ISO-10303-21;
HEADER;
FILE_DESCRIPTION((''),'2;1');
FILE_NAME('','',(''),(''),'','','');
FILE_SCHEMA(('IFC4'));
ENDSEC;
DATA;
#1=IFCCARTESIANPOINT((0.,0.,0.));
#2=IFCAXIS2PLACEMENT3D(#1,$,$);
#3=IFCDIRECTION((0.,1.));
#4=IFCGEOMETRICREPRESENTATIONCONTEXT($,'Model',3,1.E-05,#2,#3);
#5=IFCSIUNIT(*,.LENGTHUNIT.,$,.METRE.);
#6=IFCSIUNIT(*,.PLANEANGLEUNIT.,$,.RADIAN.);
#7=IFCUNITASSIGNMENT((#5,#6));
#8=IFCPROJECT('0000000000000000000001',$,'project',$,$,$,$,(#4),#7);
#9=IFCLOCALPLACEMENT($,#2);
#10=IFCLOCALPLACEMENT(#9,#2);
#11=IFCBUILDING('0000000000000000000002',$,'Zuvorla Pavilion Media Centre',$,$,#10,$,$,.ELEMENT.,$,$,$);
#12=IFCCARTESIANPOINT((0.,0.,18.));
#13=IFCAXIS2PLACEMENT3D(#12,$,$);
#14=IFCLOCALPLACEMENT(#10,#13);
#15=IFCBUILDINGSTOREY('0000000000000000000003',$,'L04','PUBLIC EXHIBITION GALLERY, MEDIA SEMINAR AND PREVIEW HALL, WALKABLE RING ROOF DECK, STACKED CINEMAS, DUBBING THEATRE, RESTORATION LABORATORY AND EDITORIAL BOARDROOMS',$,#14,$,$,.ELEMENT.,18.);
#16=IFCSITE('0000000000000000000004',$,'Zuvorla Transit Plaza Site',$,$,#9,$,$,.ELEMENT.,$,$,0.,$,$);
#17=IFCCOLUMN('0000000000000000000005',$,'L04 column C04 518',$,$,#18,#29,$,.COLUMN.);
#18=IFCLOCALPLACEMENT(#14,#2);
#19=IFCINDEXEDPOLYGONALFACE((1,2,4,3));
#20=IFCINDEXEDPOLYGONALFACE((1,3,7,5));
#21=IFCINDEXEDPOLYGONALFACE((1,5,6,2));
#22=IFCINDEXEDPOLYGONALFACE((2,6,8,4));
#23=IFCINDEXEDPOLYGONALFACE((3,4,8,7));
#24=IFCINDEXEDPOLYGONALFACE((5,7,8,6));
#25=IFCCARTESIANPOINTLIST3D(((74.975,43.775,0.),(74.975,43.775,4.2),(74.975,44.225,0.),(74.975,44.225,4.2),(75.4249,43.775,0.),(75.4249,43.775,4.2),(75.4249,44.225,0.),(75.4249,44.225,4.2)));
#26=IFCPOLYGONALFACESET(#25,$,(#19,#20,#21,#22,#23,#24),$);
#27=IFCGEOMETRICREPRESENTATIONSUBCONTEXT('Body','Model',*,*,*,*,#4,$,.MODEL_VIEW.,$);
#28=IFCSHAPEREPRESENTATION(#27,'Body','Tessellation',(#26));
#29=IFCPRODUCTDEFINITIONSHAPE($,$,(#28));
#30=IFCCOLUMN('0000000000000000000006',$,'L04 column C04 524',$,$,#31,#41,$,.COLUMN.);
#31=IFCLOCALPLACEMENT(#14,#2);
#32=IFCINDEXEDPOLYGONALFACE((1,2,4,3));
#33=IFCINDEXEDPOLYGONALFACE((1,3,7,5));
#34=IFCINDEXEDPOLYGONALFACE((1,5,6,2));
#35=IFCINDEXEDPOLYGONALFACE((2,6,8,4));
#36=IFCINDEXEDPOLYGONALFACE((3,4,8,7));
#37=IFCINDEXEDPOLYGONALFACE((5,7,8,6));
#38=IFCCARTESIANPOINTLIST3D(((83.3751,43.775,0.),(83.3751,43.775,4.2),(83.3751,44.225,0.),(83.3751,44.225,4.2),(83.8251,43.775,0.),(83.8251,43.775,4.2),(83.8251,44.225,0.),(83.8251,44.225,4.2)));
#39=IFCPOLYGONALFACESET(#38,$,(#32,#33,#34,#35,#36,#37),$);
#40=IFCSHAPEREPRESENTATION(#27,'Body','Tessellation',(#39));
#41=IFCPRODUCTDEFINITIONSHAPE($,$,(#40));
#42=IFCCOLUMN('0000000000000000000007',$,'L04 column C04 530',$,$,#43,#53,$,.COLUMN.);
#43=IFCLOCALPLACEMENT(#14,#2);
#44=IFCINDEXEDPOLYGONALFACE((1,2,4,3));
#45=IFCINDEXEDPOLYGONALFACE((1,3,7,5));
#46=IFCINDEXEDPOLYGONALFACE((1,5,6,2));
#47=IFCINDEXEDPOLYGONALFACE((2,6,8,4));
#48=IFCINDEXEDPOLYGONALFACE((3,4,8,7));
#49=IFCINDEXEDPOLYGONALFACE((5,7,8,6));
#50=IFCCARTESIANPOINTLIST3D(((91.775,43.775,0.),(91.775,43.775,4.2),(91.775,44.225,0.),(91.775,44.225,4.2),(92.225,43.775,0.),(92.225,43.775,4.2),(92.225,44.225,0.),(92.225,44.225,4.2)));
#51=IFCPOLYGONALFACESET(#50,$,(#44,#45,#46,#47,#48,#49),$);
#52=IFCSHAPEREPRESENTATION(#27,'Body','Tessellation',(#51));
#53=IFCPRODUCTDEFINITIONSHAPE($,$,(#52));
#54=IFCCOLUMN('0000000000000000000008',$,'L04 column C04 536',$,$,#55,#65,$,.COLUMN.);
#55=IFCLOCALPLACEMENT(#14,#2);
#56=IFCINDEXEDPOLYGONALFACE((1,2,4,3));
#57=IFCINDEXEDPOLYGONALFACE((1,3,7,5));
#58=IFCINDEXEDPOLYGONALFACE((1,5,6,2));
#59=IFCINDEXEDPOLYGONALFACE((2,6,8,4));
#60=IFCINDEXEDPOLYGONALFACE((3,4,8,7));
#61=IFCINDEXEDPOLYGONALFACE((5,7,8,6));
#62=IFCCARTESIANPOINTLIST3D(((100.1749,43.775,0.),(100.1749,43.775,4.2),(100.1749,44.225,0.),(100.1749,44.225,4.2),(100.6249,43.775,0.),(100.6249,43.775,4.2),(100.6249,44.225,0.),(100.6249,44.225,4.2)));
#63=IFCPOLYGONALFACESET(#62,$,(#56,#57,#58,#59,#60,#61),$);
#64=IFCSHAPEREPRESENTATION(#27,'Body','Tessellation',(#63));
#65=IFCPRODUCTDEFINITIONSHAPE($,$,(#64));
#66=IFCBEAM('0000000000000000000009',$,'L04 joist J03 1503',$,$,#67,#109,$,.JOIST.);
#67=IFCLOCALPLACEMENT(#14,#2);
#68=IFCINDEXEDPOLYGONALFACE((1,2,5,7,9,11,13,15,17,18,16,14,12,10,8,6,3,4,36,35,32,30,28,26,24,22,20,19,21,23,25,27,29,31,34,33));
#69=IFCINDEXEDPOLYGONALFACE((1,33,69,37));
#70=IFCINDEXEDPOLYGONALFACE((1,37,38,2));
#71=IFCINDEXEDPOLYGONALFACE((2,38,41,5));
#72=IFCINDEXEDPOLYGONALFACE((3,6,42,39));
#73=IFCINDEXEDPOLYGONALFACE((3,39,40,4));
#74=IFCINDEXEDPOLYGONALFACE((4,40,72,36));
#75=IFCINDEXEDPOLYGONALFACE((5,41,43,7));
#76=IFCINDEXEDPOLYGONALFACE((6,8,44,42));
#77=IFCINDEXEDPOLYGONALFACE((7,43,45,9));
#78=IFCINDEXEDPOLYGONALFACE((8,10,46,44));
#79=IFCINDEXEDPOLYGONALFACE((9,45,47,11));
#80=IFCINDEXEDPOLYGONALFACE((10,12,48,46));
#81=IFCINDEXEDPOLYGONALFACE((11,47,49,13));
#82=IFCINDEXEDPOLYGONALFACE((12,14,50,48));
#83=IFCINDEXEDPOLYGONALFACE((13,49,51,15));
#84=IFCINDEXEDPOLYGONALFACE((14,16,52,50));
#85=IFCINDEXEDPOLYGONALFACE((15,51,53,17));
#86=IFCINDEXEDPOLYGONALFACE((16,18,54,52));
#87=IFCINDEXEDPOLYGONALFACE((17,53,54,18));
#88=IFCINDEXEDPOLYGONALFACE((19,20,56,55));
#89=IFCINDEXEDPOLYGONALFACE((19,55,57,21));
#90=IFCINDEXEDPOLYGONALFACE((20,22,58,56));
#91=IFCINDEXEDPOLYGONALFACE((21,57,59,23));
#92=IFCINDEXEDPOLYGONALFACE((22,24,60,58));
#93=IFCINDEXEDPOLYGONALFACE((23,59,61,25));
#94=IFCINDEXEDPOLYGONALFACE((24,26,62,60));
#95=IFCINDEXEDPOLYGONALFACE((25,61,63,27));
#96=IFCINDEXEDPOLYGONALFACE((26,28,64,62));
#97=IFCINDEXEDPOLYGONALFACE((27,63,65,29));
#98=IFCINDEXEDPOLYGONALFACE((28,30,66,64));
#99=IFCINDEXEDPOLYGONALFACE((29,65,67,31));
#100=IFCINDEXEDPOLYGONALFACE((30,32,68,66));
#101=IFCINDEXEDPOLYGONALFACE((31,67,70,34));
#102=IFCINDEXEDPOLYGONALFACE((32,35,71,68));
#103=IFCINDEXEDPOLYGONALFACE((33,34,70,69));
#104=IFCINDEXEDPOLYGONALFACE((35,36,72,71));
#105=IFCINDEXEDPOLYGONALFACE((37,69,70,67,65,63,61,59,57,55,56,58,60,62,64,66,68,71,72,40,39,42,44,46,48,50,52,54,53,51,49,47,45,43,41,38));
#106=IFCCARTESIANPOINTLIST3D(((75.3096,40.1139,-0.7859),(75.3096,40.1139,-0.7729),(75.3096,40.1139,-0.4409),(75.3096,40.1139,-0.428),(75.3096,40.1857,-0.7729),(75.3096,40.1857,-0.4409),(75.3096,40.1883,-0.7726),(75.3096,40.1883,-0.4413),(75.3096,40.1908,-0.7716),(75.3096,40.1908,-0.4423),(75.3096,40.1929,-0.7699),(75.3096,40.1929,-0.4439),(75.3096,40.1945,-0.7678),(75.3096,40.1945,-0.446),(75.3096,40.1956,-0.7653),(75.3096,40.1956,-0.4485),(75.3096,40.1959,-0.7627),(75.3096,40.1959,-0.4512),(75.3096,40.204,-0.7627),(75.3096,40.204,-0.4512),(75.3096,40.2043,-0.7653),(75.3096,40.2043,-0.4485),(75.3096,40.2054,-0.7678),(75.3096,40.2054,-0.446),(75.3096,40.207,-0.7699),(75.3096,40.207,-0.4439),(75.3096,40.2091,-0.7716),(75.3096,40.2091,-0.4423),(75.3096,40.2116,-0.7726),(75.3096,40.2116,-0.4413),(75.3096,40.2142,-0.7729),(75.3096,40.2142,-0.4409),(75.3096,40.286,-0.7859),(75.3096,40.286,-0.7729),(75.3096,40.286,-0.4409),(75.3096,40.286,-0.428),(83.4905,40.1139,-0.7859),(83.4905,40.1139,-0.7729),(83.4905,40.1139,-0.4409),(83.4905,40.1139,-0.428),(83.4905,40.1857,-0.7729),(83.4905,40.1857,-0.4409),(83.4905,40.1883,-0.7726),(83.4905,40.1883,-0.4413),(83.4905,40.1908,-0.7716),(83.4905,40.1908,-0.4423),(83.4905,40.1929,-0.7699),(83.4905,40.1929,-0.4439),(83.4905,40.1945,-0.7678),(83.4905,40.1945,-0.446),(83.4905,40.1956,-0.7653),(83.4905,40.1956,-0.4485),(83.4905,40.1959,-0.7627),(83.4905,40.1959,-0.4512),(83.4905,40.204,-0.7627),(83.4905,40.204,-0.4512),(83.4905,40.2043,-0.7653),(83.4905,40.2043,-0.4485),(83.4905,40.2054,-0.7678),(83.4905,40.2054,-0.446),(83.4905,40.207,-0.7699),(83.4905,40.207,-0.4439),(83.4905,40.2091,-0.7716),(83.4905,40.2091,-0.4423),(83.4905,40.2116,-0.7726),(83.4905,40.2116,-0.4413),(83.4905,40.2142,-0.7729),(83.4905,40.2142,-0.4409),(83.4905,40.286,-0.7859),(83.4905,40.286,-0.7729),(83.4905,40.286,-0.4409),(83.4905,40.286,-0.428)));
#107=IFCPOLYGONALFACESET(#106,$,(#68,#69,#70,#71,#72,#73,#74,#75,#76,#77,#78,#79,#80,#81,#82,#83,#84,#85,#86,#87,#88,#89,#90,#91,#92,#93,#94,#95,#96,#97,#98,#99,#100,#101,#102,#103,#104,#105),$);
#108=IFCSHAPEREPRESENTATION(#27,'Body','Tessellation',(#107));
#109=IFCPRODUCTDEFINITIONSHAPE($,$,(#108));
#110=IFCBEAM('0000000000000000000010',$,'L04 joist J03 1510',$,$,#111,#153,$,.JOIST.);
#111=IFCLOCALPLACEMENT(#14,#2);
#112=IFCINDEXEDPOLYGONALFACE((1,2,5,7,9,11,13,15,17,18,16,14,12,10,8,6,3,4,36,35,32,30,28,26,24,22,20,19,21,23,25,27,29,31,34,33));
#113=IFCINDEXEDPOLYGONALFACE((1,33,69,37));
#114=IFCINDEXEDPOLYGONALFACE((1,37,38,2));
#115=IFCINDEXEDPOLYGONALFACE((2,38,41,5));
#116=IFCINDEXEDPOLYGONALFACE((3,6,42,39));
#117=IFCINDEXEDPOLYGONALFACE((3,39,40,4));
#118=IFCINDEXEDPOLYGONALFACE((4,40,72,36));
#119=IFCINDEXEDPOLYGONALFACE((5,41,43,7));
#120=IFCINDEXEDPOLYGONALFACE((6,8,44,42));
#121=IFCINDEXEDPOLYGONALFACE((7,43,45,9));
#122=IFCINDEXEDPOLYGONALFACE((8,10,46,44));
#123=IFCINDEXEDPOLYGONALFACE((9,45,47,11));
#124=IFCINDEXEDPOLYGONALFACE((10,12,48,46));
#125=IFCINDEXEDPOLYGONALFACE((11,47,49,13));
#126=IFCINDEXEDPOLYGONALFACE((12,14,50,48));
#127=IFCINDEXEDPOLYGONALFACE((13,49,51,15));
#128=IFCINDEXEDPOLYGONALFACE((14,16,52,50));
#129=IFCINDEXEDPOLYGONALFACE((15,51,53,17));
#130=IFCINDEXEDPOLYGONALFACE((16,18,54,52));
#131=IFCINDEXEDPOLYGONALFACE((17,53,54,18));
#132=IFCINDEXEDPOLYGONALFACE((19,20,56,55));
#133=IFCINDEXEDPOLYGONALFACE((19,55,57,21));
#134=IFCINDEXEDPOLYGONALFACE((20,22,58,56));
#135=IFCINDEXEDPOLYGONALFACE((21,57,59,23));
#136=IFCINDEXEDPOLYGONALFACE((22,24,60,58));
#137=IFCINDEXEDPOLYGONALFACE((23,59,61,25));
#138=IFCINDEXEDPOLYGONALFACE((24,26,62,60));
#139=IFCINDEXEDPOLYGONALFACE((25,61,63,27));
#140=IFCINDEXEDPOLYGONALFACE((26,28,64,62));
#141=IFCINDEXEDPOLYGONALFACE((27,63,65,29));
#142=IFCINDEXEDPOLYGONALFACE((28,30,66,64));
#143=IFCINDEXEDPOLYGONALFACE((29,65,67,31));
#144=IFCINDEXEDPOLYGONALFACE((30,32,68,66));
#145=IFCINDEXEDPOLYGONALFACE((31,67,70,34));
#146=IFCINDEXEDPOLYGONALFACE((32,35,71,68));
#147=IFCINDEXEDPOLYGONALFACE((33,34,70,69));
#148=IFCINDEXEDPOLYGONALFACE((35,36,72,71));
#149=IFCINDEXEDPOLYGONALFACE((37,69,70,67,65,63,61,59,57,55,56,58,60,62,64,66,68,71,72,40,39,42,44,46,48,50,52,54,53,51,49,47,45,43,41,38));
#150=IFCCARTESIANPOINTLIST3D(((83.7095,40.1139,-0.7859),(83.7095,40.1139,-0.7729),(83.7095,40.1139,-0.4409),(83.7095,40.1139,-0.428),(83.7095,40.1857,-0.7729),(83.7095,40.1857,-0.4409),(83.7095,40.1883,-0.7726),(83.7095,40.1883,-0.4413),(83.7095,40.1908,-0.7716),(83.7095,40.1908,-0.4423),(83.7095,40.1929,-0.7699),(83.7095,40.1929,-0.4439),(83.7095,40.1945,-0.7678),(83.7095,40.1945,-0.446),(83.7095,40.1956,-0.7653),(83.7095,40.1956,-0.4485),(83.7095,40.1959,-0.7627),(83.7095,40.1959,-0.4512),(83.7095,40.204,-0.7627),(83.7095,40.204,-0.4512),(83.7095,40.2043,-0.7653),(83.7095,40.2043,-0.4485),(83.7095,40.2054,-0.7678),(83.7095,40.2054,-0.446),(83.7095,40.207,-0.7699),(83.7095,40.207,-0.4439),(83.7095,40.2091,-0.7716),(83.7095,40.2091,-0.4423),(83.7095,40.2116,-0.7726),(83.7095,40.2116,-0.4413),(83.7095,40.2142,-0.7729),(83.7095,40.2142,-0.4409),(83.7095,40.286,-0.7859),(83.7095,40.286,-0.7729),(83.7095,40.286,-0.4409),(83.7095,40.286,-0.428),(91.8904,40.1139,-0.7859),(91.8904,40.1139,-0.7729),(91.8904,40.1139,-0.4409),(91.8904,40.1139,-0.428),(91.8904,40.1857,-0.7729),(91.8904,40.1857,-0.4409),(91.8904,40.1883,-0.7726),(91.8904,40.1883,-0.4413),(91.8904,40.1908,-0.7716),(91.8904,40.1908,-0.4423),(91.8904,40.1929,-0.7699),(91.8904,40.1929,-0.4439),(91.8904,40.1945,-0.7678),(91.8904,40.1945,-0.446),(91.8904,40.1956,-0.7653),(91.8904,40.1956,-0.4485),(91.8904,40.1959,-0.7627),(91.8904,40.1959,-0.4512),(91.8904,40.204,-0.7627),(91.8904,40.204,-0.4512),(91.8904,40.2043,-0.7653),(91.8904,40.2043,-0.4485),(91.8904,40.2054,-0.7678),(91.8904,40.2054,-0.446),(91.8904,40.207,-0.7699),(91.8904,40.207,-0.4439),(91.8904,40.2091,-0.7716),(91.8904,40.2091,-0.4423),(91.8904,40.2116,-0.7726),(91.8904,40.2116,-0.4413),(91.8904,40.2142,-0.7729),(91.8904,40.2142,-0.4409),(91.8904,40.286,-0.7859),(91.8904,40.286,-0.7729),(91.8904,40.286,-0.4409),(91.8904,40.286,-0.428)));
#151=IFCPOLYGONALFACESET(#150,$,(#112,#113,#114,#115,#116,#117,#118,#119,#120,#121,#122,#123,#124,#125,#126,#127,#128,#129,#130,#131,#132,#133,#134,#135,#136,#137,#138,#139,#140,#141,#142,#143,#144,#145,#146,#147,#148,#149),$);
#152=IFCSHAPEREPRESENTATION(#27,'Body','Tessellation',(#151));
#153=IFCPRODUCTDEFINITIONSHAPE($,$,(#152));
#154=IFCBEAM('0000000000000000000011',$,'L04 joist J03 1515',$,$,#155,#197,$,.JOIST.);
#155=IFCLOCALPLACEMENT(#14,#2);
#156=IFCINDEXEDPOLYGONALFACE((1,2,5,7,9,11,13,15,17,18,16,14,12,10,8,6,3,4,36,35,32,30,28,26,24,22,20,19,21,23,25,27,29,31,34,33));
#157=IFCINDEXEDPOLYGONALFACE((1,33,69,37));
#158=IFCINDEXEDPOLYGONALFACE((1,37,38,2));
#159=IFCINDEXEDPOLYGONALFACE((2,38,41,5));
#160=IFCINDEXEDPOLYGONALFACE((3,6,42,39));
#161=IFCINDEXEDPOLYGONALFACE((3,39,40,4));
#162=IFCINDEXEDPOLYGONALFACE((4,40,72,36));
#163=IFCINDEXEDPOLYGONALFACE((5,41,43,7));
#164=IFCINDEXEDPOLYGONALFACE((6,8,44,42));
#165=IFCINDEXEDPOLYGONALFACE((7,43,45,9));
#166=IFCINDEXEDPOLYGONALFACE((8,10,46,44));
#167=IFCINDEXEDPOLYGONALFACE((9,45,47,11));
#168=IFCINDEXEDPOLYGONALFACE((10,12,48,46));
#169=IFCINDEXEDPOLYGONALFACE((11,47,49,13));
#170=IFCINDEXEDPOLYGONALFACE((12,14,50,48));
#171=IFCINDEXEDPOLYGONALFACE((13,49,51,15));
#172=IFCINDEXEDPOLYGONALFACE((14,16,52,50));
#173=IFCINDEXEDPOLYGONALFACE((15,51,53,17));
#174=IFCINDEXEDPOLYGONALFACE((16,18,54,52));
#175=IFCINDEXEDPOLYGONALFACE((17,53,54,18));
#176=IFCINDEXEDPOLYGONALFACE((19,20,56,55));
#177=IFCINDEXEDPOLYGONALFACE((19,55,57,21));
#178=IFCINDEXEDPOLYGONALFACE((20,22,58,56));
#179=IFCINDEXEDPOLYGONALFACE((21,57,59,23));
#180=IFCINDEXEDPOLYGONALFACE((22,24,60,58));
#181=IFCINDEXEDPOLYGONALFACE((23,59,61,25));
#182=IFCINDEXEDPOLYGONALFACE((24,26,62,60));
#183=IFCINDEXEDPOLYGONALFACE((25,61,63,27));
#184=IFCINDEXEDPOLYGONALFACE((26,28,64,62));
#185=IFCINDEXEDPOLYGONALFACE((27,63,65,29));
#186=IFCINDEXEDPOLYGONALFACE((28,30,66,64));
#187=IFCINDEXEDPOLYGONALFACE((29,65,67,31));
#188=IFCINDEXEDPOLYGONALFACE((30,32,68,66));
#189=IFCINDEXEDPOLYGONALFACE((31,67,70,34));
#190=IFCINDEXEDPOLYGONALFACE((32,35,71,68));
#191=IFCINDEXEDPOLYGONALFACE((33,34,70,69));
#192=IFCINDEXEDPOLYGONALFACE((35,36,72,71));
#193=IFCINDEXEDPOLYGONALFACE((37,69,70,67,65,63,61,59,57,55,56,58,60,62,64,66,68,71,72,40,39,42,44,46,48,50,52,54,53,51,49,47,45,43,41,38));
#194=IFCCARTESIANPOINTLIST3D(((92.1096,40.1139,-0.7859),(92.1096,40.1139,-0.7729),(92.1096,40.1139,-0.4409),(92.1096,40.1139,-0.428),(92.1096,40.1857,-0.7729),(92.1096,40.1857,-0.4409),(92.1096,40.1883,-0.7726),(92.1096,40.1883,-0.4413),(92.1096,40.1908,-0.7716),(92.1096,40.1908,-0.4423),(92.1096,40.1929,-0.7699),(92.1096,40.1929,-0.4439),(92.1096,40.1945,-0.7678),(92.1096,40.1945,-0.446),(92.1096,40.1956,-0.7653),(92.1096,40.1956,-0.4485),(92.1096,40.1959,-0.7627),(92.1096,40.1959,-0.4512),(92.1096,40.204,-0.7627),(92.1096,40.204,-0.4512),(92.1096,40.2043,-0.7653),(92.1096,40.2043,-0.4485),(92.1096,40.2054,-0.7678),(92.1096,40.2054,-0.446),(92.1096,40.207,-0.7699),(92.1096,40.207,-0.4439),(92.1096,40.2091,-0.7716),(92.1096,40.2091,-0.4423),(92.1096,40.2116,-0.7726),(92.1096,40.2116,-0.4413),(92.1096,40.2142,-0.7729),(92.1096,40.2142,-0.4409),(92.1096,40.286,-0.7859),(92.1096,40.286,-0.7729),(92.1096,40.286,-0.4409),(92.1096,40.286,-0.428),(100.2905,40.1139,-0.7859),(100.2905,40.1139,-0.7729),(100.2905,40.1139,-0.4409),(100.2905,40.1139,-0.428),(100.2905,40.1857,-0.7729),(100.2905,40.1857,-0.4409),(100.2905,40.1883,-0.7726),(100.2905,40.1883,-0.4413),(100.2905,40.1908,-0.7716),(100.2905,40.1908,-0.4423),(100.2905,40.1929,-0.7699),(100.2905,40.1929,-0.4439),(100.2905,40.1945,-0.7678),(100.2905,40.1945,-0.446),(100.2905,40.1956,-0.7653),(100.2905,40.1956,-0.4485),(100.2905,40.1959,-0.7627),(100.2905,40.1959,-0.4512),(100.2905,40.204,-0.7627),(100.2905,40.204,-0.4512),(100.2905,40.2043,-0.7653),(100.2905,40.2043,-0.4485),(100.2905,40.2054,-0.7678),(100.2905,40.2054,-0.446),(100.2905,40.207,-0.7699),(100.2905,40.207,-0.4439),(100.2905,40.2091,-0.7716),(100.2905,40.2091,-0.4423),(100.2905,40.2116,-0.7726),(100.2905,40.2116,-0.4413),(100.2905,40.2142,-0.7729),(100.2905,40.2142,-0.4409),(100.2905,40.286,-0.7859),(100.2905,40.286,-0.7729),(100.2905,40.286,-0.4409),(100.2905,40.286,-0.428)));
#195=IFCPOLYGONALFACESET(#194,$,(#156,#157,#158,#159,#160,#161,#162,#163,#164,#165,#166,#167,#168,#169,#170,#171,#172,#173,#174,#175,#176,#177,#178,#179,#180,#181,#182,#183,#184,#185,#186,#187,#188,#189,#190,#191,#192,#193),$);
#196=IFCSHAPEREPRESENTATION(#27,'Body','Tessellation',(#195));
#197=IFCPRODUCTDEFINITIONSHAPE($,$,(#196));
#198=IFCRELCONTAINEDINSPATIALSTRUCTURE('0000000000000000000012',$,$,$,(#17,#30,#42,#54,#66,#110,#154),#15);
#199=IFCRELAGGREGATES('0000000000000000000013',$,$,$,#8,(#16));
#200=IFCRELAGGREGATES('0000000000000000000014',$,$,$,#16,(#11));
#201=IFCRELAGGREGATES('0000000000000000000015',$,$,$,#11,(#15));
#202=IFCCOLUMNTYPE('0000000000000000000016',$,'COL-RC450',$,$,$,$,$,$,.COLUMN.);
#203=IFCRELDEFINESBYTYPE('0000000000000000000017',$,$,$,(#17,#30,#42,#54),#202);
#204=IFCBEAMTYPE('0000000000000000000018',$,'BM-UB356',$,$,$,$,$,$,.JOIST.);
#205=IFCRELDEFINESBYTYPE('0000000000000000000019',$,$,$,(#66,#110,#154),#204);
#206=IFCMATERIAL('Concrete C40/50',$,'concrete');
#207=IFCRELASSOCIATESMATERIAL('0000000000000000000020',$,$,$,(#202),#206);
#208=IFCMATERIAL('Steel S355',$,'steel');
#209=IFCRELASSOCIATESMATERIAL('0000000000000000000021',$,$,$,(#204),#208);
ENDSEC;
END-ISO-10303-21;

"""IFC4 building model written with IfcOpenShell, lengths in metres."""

from ifc_helpers import new_model, si_unit, direction, frame, origin, origin_2d, place, context, subcontext, project, spatial, rectangle, i_section, extrude, material, material_profile, profile_set, type_object, element, save


model = new_model("IFC4")

# Units and contexts
model_context = context("Model", 3, precision=1e-05, world=origin(), true_north=direction((0.0, 1.0)))
body_context = subcontext(model_context, "Body", "Model", "MODEL_VIEW")
ifc_project = project(units=[si_unit("LENGTHUNIT", "METRE"), si_unit("PLANEANGLEUNIT", "RADIAN")], contexts=[model_context])

# Site, building, storey
site_placement = place(None, origin())
site = spatial("IfcSite", under=ifc_project, at=site_placement, Name="Zuvorla Transit Plaza Site", CompositionType="ELEMENT", RefElevation=0.0)
building_placement = place(site_placement, origin())
building = spatial("IfcBuilding", under=site, at=building_placement, Name="Zuvorla Pavilion Media Centre", CompositionType="ELEMENT")
storey_placement = place(building_placement, frame((0.0, 0.0, 18.0)))
storey = spatial("IfcBuildingStorey", under=building, at=storey_placement, Name="L04", Description="PUBLIC EXHIBITION GALLERY, MEDIA SEMINAR AND PREVIEW HALL, WALKABLE RING ROOF DECK, STACKED CINEMAS, DUBBING THEATRE, RESTORATION LABORATORY AND EDITORIAL BOARDROOMS", CompositionType="ELEMENT", Elevation=18.0)

# Columns
ifc_material_1 = material(Name="Concrete C40/50", Category="concrete")
ifc_material_profile_1 = material_profile(ifc_material_1, rectangle(XDim=0.45, YDim=0.45, at=origin_2d()), Name="RC 450x450")
ifc_profile_set_1 = profile_set([ifc_material_profile_1], Name="Concrete C40/50")
column_type = type_object("IfcColumnType", Name="COL-RC450", PredefinedType="COLUMN", material=ifc_profile_set_1)
for number, where, z_axis, x_axis, name in (
    (1, (75.2, 44.0, 0.0), (0.0, 0.0, 1.0), (1.0, 0.0, 0.0), "L04 column C04 518"),
    (2, (83.6001, 44.0, 0.0), (0.0, 0.0, 1.0), (1.0, 0.0, 0.0), "L04 column C04 524"),
    (3, (92.0, 44.0, 0.0), (0.0, 0.0, 1.0), (1.0, 0.0, 0.0), "L04 column C04 530"),
    (4, (100.3999, 44.0, 0.0), (0.0, 0.0, 1.0), (1.0, 0.0, 0.0), "L04 column C04 536"),
):
    element("IfcColumn", number, at=place(storey_placement, frame(where, z_axis=z_axis, x_axis=x_axis)), inside=storey, type_object=column_type, Name=name, PredefinedType="COLUMN", context=body_context, shape_type="SweptSolid", body=[
        extrude(rectangle(XDim=0.45, YDim=0.45, at=origin_2d()), origin(), (0.0, 0.0, 1.0), 4.2),
    ])

# Beams
ifc_material_2 = material(Name="Steel S355", Category="steel")
ifc_material_profile_2 = material_profile(ifc_material_2, i_section(OverallWidth=0.1721, OverallDepth=0.3579, WebThickness=0.0081, FlangeThickness=0.0129, FilletRadius=0.0103, at=origin_2d()), Name="UB 356x171x57")
ifc_profile_set_2 = profile_set([ifc_material_profile_2], Name="Steel S355")
beam_type_1 = type_object("IfcBeamType", Name="BM-UB356", PredefinedType="JOIST", material=ifc_profile_set_2)
for number, where, z_axis, x_axis, name in (
    (5, (75.3096, 40.2, -0.6069), (1.0, 0.0, 0.0), (0.0, 1.0, 0.0), "L04 joist J03 1503"),
    (6, (83.7095, 40.2, -0.6069), (1.0, 0.0, 0.0), (0.0, 1.0, 0.0), "L04 joist J03 1510"),
    (7, (92.1096, 40.2, -0.6069), (1.0, 0.0, 0.0), (0.0, 1.0, 0.0), "L04 joist J03 1515"),
):
    element("IfcBeam", number, at=place(storey_placement, frame(where, z_axis=z_axis, x_axis=x_axis)), inside=storey, type_object=beam_type_1, Name=name, PredefinedType="JOIST", context=body_context, shape_type="SweptSolid", body=[
        extrude(i_section(OverallWidth=0.1721, OverallDepth=0.3579, WebThickness=0.0081, FlangeThickness=0.0129, FilletRadius=0.0103, at=origin_2d()), origin(), (0.0, 0.0, 1.0), 8.1809),
    ])

save(model, "model.ifc")
